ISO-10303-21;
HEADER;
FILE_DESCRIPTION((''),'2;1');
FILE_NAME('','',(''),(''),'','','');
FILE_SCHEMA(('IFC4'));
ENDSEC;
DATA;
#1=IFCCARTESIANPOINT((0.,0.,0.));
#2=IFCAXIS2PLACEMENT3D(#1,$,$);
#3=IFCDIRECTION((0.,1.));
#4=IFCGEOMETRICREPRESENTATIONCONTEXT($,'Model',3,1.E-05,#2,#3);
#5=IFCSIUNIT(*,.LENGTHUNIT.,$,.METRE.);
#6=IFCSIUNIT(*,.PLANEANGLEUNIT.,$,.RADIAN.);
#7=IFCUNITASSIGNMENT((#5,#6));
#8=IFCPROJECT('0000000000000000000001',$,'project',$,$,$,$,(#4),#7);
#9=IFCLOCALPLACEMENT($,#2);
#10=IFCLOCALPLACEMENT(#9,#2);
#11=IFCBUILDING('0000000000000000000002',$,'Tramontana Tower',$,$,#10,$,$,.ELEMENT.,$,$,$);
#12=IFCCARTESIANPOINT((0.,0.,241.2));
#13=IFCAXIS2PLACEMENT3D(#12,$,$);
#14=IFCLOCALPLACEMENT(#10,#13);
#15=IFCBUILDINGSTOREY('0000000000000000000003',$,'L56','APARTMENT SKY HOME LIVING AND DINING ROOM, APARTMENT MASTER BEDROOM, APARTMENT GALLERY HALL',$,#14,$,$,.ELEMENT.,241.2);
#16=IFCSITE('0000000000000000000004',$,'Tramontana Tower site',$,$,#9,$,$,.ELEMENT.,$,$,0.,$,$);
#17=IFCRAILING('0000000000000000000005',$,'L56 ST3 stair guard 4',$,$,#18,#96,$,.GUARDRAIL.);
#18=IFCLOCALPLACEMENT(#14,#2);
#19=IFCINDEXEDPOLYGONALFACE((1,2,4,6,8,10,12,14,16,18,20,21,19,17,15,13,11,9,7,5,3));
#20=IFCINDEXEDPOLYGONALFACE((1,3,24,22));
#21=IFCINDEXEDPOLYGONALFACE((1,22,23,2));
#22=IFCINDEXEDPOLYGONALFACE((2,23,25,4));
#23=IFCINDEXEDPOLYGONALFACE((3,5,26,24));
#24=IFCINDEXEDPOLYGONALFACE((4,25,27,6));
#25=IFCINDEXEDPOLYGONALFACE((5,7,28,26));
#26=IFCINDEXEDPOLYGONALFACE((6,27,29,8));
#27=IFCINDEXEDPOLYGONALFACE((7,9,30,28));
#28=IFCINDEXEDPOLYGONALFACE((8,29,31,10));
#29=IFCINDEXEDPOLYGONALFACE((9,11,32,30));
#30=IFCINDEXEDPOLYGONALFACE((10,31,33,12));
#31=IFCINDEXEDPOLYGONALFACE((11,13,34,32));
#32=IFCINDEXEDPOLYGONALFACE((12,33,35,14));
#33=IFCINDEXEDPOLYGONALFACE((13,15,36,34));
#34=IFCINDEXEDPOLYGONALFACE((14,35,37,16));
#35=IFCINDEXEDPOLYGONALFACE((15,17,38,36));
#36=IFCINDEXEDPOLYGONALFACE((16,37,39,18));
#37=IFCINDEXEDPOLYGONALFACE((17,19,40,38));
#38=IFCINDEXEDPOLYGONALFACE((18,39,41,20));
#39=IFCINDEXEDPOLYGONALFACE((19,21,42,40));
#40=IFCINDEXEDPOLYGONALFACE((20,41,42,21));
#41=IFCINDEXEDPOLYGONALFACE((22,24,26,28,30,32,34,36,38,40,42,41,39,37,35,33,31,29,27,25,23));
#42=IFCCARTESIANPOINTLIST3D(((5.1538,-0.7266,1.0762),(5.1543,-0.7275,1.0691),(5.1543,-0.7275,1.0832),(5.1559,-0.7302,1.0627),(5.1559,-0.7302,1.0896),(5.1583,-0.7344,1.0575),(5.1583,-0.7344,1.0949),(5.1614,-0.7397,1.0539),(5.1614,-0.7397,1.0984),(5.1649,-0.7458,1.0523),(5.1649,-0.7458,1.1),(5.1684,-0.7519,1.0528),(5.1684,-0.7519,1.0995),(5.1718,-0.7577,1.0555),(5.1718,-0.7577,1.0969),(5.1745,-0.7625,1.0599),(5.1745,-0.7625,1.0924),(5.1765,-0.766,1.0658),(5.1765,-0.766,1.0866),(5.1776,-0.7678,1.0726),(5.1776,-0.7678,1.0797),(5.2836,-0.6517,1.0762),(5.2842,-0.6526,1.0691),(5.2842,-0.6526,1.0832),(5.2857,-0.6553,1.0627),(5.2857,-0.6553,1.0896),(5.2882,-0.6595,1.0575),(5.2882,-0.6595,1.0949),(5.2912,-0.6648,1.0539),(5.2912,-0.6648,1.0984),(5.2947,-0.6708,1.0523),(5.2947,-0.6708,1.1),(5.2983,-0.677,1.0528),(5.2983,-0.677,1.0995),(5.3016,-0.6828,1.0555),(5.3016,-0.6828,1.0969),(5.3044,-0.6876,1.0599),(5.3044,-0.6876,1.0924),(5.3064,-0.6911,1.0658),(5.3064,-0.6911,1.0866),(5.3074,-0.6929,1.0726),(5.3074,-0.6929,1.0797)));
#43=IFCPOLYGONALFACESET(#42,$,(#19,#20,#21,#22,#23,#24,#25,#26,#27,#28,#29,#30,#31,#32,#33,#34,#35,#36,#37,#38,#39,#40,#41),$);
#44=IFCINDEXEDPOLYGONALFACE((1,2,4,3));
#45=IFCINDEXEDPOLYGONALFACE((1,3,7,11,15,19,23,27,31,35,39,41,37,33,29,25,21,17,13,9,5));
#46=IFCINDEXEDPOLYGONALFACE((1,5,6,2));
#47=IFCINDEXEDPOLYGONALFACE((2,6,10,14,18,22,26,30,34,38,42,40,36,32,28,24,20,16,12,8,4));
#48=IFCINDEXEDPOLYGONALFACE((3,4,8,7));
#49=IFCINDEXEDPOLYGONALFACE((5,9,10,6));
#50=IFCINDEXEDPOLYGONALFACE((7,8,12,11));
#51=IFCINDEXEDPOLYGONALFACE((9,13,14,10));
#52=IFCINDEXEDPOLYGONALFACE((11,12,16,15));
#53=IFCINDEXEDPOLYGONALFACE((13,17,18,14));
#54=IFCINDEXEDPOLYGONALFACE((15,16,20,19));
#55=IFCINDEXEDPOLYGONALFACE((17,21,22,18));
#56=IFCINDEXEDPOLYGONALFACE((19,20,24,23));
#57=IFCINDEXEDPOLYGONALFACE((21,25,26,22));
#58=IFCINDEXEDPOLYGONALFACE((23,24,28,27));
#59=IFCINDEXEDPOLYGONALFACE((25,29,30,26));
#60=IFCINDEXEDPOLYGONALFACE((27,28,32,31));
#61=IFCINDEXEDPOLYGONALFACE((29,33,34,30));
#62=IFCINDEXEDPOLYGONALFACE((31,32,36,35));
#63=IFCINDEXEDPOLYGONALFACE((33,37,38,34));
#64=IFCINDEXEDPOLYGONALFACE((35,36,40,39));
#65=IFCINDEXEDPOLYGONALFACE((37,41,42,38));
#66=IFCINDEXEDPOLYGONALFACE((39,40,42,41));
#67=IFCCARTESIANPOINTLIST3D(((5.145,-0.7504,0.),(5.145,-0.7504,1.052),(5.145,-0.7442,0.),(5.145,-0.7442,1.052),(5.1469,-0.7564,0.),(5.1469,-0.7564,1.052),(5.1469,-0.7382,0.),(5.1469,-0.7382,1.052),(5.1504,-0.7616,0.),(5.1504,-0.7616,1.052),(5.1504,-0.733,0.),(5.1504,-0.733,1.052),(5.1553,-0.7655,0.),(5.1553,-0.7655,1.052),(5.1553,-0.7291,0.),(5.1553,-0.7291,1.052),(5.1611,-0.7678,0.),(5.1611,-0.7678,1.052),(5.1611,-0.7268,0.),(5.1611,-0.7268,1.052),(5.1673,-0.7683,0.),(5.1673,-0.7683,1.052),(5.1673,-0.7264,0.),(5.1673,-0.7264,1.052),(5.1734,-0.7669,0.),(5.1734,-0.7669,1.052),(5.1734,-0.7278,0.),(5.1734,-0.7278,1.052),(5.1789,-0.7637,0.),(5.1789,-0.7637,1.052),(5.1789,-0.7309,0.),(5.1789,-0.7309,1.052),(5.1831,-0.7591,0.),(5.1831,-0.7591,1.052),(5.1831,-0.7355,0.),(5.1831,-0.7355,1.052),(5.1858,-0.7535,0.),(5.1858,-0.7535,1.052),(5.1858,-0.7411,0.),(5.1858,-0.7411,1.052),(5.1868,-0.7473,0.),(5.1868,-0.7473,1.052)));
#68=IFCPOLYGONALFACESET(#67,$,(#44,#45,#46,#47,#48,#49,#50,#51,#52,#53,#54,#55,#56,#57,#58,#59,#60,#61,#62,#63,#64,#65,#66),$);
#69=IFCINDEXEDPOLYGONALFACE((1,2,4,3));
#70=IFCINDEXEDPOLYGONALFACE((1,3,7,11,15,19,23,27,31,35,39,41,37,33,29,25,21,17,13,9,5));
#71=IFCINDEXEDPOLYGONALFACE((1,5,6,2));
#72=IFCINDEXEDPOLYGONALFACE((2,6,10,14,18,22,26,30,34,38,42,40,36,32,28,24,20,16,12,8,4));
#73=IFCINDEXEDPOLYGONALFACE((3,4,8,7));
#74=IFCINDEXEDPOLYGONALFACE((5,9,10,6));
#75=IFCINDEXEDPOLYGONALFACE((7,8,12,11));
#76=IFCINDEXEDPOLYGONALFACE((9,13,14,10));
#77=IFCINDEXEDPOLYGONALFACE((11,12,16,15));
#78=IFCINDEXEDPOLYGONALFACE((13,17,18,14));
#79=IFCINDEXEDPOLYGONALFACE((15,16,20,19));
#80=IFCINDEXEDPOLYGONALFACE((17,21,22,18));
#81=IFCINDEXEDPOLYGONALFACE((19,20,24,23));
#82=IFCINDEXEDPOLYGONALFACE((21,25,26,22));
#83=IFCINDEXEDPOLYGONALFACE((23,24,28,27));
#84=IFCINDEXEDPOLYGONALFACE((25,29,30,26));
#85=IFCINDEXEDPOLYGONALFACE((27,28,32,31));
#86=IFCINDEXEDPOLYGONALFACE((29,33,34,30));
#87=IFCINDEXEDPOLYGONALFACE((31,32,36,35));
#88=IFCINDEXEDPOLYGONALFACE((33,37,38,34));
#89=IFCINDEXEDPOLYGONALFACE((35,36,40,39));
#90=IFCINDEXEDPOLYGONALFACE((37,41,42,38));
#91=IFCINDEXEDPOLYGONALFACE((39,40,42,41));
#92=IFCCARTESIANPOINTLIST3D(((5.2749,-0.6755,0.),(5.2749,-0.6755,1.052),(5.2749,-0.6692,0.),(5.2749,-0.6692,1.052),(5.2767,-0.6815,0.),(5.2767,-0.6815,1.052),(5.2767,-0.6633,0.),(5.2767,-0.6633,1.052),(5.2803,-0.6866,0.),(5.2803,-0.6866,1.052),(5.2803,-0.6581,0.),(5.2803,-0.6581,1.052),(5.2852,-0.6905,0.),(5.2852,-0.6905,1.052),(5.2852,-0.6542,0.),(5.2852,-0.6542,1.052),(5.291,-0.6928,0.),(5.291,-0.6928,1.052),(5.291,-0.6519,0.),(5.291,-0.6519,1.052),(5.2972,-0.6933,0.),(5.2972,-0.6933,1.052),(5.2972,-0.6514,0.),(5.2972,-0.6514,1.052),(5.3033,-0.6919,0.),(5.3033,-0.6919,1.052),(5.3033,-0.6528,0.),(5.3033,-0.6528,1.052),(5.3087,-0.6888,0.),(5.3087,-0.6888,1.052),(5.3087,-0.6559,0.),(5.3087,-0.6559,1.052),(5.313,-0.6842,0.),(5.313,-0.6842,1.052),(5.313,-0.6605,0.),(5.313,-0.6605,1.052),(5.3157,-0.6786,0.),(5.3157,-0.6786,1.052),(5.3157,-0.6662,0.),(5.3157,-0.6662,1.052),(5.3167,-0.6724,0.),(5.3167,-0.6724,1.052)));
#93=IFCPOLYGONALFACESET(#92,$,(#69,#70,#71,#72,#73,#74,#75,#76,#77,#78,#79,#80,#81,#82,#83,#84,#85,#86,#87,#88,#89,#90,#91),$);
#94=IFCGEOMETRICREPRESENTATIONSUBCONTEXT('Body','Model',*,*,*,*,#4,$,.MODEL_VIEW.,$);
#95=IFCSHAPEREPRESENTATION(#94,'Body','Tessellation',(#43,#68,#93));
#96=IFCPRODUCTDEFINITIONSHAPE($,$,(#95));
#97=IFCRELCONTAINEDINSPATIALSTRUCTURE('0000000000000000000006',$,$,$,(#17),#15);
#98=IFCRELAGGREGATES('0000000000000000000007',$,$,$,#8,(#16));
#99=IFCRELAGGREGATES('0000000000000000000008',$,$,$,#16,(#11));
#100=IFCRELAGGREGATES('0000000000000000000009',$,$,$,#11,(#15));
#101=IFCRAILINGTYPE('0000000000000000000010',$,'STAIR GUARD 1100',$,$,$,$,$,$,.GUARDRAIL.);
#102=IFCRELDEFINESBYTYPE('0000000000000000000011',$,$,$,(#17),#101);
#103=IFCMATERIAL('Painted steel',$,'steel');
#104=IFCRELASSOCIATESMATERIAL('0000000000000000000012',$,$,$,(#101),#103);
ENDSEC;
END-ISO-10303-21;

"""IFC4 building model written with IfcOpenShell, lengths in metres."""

from ifc_helpers import new_model, si_unit, direction, frame, origin, origin_2d, place, context, subcontext, project, spatial, circle, extrude, material, type_object, element, save


model = new_model("IFC4")

# Units and contexts
model_context = context("Model", 3, precision=1e-05, world=origin(), true_north=direction((0.0, 1.0)))
body_context = subcontext(model_context, "Body", "Model", "MODEL_VIEW")
ifc_project = project(units=[si_unit("LENGTHUNIT", "METRE"), si_unit("PLANEANGLEUNIT", "RADIAN")], contexts=[model_context])

# Site, building, storey
site_placement = place(None, origin())
site = spatial("IfcSite", under=ifc_project, at=site_placement, Name="Tramontana Tower site", CompositionType="ELEMENT", RefElevation=0.0)
building_placement = place(site_placement, origin())
building = spatial("IfcBuilding", under=site, at=building_placement, Name="Tramontana Tower", CompositionType="ELEMENT")
storey_placement = place(building_placement, frame((0.0, 0.0, 241.2)))
storey = spatial("IfcBuildingStorey", under=building, at=storey_placement, Name="L56", Description="APARTMENT SKY HOME LIVING AND DINING ROOM, APARTMENT MASTER BEDROOM, APARTMENT GALLERY HALL", CompositionType="ELEMENT", Elevation=241.2)

# Railing
ifc_material_1 = material(Name="Painted steel", Category="steel")
railing_type_1 = type_object("IfcRailingType", Name="STAIR GUARD 1100", PredefinedType="GUARDRAIL", material=ifc_material_1)
railing_1_placement = place(storey_placement, frame((5.1658, -0.7473, 0.0)))
element("IfcRailing", 1, at=railing_1_placement, inside=storey, type_object=railing_type_1, Name="L56 ST3 stair guard 4", PredefinedType="GUARDRAIL", context=body_context, shape_type="SweptSolid", body=[
    extrude(circle(Radius=0.0239, at=origin_2d()), frame((0.0, 0.0, 1.0762), z_axis=(0.866131, 0.499816, 0.0), x_axis=(-0.499816, 0.866131, 0.0)), (0.0, 0.0, 1.0), 0.1499),
    extrude(circle(Radius=0.021, at=origin_2d()), origin(), (0.0, 0.0, 1.0), 1.052),
    extrude(circle(Radius=0.021, at=origin_2d()), frame((0.1299, 0.075, 0.0)), (0.0, 0.0, 1.0), 1.052),
])

save(model, "model.ifc")
